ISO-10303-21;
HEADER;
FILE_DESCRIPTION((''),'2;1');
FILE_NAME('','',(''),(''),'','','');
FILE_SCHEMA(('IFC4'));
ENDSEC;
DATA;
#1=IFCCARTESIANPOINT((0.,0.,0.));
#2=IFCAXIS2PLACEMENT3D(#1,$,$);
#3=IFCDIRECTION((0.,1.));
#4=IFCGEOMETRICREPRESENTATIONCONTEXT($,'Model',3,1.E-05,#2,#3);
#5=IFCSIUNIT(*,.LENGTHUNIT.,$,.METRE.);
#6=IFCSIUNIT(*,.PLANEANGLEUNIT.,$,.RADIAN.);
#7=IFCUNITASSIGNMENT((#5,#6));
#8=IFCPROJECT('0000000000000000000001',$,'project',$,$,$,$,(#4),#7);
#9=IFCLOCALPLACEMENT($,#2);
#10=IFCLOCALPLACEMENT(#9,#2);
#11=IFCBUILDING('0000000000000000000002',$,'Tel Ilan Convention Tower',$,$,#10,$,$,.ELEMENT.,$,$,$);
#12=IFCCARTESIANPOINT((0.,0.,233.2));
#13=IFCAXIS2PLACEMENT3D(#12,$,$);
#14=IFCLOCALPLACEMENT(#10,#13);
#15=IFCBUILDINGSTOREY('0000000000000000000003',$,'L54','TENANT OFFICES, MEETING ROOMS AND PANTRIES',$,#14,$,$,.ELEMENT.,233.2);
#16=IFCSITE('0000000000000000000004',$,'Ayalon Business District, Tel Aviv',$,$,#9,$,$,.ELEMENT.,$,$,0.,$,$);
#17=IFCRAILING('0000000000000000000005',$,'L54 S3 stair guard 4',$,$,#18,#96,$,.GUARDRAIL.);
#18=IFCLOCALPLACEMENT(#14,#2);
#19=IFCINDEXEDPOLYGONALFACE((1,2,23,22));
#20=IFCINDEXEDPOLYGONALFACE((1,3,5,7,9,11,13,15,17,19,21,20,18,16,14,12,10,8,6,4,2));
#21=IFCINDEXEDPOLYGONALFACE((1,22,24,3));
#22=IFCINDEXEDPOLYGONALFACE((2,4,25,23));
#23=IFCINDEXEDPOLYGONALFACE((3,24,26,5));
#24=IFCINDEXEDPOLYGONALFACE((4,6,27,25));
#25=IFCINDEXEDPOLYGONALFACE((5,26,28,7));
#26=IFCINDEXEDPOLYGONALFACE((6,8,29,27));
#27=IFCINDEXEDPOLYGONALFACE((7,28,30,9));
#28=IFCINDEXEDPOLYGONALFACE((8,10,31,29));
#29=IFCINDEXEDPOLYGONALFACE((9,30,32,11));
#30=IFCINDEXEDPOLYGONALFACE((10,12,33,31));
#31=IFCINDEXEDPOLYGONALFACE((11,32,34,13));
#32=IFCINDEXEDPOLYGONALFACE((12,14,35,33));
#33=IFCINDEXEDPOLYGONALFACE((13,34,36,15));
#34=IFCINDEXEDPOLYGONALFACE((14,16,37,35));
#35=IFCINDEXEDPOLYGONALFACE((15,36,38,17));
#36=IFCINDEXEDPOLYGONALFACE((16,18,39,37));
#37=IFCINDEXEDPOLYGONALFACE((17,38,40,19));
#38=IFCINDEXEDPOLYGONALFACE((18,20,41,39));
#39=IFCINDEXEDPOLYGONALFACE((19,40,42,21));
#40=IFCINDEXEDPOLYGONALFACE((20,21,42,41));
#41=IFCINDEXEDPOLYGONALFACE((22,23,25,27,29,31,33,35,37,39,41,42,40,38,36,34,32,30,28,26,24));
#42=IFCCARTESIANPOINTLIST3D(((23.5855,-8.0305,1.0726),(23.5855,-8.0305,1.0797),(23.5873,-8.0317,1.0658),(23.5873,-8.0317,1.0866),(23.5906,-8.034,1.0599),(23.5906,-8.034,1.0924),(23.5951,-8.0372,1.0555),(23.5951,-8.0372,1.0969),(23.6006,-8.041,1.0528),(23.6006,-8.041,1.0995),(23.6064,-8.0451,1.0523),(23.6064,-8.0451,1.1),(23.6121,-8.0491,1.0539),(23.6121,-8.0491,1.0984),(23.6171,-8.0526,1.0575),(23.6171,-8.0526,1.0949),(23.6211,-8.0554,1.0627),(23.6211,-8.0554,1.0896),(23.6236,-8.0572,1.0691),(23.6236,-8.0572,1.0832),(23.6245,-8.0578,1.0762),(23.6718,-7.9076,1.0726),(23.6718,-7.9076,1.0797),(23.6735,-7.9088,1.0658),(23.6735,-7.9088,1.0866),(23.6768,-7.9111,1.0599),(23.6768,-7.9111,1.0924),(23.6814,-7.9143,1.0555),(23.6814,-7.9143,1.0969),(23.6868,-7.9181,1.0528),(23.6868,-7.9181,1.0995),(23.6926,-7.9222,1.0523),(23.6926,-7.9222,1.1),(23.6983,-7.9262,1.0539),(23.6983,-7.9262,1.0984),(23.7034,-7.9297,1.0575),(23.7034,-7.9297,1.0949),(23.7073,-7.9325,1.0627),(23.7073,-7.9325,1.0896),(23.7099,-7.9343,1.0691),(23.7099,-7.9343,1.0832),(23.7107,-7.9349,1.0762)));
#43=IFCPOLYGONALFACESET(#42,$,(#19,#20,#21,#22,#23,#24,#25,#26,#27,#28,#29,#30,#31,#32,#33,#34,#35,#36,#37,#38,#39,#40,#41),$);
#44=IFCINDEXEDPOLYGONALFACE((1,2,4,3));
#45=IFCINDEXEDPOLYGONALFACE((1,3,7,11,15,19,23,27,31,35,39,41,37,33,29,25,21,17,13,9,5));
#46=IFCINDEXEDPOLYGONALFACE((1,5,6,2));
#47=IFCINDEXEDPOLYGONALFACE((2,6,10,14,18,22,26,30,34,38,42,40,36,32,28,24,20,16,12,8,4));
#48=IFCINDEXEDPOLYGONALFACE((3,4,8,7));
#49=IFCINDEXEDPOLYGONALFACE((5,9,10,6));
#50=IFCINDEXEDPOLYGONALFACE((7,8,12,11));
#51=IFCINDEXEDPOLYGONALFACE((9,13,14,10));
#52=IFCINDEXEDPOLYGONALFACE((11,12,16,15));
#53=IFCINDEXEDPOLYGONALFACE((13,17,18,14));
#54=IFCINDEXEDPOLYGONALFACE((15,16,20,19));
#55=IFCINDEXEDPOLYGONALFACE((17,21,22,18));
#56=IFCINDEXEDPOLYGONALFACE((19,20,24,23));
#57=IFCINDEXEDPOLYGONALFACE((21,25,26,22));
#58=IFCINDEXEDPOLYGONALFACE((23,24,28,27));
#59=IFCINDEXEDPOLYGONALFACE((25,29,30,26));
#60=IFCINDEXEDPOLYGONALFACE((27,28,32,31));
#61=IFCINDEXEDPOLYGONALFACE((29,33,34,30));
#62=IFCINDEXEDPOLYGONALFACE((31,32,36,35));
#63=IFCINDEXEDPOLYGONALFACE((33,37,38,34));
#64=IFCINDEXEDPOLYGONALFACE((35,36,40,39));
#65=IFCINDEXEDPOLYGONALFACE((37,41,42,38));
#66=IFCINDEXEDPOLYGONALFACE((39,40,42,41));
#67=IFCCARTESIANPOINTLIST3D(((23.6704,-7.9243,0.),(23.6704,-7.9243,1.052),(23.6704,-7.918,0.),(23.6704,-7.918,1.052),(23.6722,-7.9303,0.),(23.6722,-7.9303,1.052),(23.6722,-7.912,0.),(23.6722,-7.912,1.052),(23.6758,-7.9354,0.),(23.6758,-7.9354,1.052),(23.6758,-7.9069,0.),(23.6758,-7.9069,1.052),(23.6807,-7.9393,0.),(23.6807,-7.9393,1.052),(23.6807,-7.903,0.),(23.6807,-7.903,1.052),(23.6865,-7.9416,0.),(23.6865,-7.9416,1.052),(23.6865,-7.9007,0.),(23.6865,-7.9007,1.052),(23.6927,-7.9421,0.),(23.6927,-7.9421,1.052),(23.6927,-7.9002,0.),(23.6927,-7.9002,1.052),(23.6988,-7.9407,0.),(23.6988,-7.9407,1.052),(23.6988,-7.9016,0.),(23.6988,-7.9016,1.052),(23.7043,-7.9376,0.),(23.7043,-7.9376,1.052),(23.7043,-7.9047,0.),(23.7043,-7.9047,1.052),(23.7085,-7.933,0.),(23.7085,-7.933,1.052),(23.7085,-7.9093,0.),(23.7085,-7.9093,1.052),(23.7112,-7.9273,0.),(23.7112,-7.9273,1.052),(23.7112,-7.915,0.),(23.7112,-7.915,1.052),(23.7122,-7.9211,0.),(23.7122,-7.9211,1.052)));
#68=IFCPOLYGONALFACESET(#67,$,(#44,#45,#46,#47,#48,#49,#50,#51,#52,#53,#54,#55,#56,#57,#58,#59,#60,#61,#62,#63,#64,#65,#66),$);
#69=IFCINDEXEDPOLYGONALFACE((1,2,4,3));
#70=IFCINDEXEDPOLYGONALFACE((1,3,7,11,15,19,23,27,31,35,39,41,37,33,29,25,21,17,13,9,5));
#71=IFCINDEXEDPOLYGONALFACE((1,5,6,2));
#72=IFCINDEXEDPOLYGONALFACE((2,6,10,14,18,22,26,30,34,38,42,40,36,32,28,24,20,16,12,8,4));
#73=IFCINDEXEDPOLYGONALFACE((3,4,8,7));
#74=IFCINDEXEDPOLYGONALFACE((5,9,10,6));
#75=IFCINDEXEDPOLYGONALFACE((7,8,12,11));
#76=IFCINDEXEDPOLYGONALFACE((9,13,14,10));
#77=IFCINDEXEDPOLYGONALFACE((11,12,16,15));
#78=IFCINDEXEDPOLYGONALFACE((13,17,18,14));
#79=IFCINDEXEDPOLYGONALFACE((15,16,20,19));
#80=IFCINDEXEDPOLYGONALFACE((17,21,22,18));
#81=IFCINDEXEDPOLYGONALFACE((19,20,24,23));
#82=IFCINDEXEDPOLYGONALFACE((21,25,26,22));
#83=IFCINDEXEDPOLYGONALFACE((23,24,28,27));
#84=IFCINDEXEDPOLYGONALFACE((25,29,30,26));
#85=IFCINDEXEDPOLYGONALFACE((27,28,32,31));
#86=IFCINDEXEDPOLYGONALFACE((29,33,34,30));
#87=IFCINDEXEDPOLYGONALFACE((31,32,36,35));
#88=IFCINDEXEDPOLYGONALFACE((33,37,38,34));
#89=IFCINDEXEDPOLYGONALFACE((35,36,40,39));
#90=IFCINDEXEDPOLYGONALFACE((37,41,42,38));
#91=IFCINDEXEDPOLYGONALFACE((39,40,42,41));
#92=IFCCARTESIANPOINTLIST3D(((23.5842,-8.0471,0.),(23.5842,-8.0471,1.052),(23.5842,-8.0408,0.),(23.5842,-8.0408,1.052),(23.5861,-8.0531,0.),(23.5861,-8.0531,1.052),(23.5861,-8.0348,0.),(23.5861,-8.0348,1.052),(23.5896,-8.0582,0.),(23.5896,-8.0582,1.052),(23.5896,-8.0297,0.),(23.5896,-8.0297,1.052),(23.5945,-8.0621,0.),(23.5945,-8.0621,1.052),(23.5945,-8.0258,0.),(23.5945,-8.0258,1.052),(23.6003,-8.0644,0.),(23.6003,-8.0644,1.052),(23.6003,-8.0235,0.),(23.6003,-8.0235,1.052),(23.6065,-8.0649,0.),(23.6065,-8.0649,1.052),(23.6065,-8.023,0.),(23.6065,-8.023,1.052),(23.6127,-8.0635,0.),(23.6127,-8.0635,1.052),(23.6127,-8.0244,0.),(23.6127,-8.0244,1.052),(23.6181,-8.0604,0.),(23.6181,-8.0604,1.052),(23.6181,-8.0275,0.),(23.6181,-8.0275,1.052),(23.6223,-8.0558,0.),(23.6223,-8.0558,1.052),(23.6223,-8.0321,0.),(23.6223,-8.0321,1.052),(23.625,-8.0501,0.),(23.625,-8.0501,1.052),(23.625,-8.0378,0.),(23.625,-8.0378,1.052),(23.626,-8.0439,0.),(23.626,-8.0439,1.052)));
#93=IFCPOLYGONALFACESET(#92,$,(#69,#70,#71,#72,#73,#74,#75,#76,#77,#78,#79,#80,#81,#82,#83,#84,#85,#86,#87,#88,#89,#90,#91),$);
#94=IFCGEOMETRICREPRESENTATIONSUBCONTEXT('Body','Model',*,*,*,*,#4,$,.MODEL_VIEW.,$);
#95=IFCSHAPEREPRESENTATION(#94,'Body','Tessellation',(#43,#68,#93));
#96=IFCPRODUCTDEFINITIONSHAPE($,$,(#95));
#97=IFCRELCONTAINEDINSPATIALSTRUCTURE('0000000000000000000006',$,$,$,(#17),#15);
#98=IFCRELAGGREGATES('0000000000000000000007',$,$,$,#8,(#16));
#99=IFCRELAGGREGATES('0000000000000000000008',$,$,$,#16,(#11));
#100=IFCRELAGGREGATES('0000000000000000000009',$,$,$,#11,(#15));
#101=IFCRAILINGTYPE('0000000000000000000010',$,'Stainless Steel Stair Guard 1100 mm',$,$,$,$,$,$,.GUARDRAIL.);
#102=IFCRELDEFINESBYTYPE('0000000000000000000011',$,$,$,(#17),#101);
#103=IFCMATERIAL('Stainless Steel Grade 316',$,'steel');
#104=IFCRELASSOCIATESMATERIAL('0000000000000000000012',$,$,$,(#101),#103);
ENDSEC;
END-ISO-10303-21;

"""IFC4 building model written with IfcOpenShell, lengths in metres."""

from ifc_helpers import new_model, si_unit, direction, frame, origin, origin_2d, place, context, subcontext, project, spatial, circle, extrude, material, type_object, element, save


model = new_model("IFC4")

# Units and contexts
model_context = context("Model", 3, precision=1e-05, world=origin(), true_north=direction((0.0, 1.0)))
body_context = subcontext(model_context, "Body", "Model", "MODEL_VIEW")
ifc_project = project(units=[si_unit("LENGTHUNIT", "METRE"), si_unit("PLANEANGLEUNIT", "RADIAN")], contexts=[model_context])

# Site, building, storey
site_placement = place(None, origin())
site = spatial("IfcSite", under=ifc_project, at=site_placement, Name="Ayalon Business District, Tel Aviv", CompositionType="ELEMENT", RefElevation=0.0)
building_placement = place(site_placement, origin())
building = spatial("IfcBuilding", under=site, at=building_placement, Name="Tel Ilan Convention Tower", CompositionType="ELEMENT")
storey_placement = place(building_placement, frame((0.0, 0.0, 233.2)))
storey = spatial("IfcBuildingStorey", under=building, at=storey_placement, Name="L54", Description="TENANT OFFICES, MEETING ROOMS AND PANTRIES", CompositionType="ELEMENT", Elevation=233.2)

# Railing
ifc_material_1 = material(Name="Stainless Steel Grade 316", Category="steel")
railing_type_1 = type_object("IfcRailingType", Name="Stainless Steel Stair Guard 1100 mm", PredefinedType="GUARDRAIL", material=ifc_material_1)
railing_1_placement = place(storey_placement, frame((23.6912, -7.9211, 0.0)))
element("IfcRailing", 1, at=railing_1_placement, inside=storey, type_object=railing_type_1, Name="L54 S3 stair guard 4", PredefinedType="GUARDRAIL", context=body_context, shape_type="SweptSolid", body=[
    extrude(circle(Radius=0.0239, at=origin_2d()), frame((0.0, 0.0, 1.0762), z_axis=(-0.574445, -0.818543, 0.0), x_axis=(0.818543, -0.574445, 0.0)), (0.0, 0.0, 1.0), 0.1501),
    extrude(circle(Radius=0.021, at=origin_2d()), origin(), (0.0, 0.0, 1.0), 1.052),
    extrude(circle(Radius=0.021, at=origin_2d()), frame((-0.0862, -0.1228, 0.0)), (0.0, 0.0, 1.0), 1.052),
])

save(model, "model.ifc")
